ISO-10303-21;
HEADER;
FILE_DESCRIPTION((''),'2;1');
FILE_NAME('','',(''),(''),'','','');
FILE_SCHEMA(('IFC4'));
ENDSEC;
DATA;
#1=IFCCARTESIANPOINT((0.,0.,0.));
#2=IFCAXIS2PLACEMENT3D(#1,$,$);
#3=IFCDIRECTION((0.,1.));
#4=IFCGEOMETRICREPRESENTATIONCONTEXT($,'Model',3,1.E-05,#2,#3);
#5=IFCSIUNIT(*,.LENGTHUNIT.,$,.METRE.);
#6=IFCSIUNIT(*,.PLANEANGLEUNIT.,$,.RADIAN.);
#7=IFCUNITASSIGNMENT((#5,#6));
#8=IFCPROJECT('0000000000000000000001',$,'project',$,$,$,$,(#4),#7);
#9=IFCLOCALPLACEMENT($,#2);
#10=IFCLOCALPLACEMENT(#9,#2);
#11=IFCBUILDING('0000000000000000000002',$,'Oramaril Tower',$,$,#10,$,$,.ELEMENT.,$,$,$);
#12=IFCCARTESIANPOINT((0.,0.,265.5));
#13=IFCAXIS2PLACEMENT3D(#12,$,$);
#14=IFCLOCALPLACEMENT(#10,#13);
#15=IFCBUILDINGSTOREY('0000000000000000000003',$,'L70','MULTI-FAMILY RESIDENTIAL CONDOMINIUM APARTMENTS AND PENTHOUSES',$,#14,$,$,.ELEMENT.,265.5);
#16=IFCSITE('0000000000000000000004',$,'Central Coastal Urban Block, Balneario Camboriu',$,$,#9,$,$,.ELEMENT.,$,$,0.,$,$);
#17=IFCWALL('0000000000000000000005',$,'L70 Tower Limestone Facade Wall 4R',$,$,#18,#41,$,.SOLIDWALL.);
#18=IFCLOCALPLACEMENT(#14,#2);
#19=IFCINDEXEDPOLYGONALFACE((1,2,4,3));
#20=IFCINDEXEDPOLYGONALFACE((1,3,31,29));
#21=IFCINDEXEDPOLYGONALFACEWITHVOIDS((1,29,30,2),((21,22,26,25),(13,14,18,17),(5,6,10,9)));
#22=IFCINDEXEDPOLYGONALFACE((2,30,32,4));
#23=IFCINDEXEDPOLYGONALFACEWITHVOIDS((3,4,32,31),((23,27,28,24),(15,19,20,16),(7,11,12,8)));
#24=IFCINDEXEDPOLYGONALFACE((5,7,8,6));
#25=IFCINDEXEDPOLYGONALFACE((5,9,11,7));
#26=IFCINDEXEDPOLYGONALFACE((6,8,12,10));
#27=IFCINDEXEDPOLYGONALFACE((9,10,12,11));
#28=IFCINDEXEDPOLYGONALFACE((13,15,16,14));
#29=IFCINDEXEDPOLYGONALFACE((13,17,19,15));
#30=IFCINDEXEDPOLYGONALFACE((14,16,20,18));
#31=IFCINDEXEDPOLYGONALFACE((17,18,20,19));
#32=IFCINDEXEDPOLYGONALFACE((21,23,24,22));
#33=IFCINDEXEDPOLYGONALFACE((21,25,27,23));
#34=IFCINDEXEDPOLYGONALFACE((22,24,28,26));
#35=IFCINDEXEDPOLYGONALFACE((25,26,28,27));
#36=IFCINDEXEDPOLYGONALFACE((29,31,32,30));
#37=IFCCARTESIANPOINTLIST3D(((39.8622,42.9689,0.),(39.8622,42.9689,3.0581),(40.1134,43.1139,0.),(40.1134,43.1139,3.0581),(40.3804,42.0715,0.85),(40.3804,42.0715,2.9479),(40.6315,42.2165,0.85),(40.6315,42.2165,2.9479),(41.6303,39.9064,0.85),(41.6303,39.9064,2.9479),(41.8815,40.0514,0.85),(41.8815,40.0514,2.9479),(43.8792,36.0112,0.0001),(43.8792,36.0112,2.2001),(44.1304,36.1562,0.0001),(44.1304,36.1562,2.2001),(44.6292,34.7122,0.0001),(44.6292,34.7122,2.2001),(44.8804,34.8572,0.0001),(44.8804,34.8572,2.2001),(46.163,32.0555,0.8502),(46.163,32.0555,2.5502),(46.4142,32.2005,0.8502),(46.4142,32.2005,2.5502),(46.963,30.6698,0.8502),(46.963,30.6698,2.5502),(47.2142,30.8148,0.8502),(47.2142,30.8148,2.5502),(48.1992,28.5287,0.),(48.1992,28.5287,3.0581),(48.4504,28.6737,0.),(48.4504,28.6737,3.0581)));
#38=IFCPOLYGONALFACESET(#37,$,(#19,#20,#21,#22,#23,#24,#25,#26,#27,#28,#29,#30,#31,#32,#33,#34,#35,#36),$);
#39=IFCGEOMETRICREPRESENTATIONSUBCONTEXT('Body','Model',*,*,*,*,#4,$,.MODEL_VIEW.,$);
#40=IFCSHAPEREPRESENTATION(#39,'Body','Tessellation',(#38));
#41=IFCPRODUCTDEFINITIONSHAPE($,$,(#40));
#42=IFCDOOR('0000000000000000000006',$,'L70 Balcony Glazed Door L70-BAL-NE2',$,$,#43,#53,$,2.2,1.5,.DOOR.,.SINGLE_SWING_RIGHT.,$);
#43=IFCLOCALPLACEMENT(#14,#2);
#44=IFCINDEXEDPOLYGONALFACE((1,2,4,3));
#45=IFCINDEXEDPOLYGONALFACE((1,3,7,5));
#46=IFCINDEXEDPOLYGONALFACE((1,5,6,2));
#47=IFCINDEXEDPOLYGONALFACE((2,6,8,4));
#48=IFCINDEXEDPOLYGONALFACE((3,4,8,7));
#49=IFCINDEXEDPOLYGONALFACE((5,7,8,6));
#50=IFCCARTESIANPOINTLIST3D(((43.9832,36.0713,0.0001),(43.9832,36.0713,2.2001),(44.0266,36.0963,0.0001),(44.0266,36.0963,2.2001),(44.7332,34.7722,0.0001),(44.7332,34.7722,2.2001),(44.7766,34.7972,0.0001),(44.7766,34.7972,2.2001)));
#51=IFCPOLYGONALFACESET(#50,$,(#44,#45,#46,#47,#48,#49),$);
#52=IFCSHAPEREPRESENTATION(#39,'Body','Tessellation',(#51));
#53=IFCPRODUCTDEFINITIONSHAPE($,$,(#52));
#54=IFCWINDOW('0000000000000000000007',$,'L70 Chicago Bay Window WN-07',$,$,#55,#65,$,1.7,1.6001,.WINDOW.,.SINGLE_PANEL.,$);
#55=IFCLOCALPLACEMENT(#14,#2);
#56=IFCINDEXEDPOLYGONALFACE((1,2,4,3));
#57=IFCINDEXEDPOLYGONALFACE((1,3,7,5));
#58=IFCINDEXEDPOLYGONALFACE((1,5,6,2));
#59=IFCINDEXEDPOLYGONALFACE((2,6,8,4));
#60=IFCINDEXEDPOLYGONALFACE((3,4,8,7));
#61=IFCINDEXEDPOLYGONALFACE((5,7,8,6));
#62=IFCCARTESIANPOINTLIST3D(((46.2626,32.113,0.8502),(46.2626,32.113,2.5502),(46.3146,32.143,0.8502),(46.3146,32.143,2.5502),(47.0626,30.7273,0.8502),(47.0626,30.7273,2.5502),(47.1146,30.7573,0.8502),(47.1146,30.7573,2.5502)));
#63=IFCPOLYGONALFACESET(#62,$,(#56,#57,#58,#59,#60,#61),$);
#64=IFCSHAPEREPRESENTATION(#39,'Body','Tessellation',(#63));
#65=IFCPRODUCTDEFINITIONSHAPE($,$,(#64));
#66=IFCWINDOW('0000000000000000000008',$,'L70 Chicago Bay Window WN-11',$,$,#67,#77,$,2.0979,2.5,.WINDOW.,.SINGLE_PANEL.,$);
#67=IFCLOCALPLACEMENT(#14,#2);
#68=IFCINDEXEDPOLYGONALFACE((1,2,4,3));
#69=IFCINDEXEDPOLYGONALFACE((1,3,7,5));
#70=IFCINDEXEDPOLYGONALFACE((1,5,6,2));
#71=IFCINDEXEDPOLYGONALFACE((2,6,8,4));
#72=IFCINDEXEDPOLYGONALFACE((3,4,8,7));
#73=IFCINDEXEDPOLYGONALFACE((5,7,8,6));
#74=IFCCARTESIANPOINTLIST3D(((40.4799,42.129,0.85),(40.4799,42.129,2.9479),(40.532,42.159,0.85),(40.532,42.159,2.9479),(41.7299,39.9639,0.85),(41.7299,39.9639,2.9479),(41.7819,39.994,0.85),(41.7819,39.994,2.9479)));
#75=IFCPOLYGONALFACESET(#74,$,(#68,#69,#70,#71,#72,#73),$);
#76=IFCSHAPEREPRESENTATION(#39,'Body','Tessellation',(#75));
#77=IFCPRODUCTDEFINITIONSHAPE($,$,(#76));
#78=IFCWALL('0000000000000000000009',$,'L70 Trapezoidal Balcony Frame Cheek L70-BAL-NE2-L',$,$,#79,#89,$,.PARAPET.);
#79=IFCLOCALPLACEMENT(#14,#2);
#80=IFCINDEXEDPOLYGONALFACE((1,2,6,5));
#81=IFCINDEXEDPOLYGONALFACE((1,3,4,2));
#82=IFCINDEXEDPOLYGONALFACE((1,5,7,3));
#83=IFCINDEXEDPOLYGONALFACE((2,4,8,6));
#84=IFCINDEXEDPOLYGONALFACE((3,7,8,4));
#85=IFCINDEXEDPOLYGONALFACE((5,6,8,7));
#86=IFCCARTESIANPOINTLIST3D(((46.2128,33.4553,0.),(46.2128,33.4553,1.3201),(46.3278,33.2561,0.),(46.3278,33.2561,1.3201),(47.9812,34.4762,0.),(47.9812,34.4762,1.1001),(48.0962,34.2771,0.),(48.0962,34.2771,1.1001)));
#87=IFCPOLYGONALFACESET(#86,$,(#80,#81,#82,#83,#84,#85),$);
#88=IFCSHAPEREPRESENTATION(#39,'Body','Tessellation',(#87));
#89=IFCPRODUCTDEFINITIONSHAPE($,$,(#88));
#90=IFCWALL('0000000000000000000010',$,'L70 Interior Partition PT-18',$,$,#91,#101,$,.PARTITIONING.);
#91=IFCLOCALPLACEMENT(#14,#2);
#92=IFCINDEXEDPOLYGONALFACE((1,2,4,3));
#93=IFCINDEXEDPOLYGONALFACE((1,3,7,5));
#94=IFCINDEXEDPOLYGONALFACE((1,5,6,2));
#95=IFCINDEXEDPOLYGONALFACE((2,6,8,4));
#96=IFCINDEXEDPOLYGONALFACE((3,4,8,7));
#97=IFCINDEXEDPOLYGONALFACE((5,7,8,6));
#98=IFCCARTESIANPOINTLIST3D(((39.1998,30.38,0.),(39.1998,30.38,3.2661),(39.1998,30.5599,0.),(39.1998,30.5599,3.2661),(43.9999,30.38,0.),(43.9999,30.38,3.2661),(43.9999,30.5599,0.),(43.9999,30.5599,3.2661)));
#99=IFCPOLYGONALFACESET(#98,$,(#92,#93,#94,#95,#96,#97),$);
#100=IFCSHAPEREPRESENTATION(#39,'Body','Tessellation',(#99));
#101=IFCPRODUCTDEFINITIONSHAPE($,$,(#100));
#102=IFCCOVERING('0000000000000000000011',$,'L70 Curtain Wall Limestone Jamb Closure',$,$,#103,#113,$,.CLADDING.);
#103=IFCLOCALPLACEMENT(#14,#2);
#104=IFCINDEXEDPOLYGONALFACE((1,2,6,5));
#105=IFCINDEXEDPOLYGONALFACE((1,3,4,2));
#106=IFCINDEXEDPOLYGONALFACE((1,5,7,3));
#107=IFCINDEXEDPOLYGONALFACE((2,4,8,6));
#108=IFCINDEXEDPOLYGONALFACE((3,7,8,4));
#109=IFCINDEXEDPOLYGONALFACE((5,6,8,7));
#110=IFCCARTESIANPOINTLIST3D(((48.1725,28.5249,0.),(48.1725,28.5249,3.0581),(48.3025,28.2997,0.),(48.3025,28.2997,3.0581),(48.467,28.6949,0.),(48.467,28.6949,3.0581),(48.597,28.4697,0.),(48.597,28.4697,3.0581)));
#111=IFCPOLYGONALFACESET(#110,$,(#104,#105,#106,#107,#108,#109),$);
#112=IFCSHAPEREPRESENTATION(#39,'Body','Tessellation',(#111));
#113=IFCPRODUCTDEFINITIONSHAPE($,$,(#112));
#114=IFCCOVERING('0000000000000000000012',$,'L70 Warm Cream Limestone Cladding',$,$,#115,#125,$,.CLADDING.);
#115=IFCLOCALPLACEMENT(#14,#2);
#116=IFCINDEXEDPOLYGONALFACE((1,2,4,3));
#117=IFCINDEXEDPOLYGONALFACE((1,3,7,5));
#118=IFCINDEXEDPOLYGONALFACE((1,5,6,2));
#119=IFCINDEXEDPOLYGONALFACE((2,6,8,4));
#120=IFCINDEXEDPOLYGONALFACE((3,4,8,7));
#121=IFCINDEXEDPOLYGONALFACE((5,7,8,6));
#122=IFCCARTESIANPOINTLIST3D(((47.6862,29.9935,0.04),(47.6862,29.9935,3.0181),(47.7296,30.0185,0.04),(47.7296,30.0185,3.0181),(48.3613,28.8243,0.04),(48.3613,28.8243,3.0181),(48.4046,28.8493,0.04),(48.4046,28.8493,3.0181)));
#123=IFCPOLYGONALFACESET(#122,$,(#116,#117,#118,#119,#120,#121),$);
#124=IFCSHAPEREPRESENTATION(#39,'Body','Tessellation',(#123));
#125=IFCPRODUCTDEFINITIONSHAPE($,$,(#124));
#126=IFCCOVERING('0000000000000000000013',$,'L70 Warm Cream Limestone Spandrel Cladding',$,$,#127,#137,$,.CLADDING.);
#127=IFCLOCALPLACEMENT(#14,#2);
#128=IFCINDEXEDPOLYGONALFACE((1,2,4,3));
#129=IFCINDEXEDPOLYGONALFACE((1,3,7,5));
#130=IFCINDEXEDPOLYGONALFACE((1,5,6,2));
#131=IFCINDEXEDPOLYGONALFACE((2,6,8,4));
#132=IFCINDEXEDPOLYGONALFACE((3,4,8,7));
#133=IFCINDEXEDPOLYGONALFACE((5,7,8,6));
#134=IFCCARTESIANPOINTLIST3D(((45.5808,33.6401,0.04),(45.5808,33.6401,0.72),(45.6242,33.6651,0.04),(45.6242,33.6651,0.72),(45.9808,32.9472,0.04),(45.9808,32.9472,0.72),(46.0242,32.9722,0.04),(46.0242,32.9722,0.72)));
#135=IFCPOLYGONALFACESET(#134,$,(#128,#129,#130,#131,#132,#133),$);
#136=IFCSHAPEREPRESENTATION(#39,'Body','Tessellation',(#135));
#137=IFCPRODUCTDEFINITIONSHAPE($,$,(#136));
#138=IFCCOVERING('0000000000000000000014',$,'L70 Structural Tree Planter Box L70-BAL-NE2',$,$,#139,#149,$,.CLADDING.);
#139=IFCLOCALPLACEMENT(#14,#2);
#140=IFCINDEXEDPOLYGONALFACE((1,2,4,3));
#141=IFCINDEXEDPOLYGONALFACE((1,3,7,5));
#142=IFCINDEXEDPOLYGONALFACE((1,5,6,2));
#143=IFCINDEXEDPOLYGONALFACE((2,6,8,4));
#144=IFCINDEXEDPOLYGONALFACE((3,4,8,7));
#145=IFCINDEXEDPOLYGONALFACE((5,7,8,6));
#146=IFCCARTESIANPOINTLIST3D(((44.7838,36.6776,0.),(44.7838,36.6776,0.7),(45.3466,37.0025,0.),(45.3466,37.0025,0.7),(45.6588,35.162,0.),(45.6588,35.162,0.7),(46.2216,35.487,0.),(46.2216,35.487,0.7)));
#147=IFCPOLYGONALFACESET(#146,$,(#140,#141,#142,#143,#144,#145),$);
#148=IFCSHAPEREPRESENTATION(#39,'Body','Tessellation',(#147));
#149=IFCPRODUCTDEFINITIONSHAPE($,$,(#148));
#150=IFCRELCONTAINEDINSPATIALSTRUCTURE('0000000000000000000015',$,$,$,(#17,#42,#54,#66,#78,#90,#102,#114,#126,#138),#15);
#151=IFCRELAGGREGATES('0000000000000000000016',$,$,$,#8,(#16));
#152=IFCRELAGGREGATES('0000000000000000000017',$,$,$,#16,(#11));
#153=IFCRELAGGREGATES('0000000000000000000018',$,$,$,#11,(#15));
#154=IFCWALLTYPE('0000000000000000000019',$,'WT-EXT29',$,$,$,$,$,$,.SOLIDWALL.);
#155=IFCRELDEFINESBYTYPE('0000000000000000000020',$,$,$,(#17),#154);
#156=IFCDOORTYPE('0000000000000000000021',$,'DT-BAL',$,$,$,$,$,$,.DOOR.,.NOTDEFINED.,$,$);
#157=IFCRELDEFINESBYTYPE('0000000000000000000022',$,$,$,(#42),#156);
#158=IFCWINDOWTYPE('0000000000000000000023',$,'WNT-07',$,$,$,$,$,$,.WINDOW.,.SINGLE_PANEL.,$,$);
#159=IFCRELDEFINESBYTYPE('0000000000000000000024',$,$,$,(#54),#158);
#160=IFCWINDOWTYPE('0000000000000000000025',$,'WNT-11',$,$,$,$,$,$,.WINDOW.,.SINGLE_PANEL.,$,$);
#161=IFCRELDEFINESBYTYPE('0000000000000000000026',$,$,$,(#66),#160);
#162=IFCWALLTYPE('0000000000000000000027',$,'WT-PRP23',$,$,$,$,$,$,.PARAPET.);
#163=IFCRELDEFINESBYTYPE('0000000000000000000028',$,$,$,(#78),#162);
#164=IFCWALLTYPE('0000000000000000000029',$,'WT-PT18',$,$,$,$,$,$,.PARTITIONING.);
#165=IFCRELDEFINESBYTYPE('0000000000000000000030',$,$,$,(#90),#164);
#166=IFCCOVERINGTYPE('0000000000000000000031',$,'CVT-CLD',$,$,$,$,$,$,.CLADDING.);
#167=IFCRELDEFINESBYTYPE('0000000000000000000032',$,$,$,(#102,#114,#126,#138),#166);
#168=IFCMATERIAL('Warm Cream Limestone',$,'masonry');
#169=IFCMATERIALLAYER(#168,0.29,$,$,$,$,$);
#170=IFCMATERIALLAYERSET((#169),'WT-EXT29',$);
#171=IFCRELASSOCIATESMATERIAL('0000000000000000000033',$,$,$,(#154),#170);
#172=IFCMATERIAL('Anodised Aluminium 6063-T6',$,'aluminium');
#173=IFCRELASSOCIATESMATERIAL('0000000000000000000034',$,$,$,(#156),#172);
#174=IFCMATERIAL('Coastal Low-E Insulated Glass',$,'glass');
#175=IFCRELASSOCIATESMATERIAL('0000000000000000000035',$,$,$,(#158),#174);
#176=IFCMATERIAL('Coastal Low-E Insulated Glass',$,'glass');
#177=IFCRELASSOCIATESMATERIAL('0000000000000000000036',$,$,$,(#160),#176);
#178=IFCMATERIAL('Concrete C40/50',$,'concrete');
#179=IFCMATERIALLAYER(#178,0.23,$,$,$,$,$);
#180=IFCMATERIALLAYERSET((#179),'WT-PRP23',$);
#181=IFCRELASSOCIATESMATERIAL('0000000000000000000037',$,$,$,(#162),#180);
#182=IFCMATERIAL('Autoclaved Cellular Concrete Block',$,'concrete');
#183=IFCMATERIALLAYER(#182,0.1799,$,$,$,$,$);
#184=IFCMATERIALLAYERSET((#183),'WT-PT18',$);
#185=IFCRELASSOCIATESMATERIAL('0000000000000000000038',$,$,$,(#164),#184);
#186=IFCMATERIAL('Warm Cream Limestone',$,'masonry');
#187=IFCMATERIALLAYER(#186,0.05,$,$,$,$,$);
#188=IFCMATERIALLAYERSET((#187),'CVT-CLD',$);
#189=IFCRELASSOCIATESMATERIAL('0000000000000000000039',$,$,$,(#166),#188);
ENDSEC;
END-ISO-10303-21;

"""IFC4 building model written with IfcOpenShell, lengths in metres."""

from ifc_helpers import new_model, si_unit, direction, frame, frame_2d, origin, origin_2d, place, context, subcontext, project, spatial, polyline, rectangle, outline, extrude, material, layer, layer_set, type_object, element, fill, save


model = new_model("IFC4")

# Units and contexts
model_context = context("Model", 3, precision=1e-05, world=origin(), true_north=direction((0.0, 1.0)))
body_context = subcontext(model_context, "Body", "Model", "MODEL_VIEW")
ifc_project = project(units=[si_unit("LENGTHUNIT", "METRE"), si_unit("PLANEANGLEUNIT", "RADIAN")], contexts=[model_context])

# Site, building, storey
site_placement = place(None, origin())
site = spatial("IfcSite", under=ifc_project, at=site_placement, Name="Central Coastal Urban Block, Balneario Camboriu", CompositionType="ELEMENT", RefElevation=0.0)
building_placement = place(site_placement, origin())
building = spatial("IfcBuilding", under=site, at=building_placement, Name="Oramaril Tower", CompositionType="ELEMENT")
storey_placement = place(building_placement, frame((0.0, 0.0, 265.5)))
storey = spatial("IfcBuildingStorey", under=building, at=storey_placement, Name="L70", Description="MULTI-FAMILY RESIDENTIAL CONDOMINIUM APARTMENTS AND PENTHOUSES", CompositionType="ELEMENT", Elevation=265.5)

# Wall, openings, door, windows
ifc_material_1 = material(Name="Warm Cream Limestone", Category="masonry")
ifc_layer_1 = layer(ifc_material_1, 0.29)
ifc_layer_set_1 = layer_set([ifc_layer_1], Name="WT-EXT29")
wall_type_1 = type_object("IfcWallType", Name="WT-EXT29", PredefinedType="SOLIDWALL", material=ifc_layer_set_1)
wall_1_placement = place(storey_placement, frame((48.3247, 28.6013, 0.0), z_axis=(0.0, 0.0, 1.0), x_axis=(-0.499994, 0.866029, 0.0)))
wall_1 = element("IfcWall", 1, at=wall_1_placement, inside=storey, type_object=wall_type_1, Name="L70 Tower Limestone Facade Wall 4R", PredefinedType="SOLIDWALL", context=body_context, shape_type="SweptSolid", body=[
    extrude(rectangle(XDim=16.6741, YDim=0.29, at=frame_2d((8.3369, 0.0))), origin(), (0.0, 0.0, 1.0), 3.0581),
])
opening_1_placement = place(wall_1_placement, frame((7.1399, 0.0, 0.0)))
opening_1 = element("IfcOpeningElement", 2, at=opening_1_placement, cuts=wall_1, PredefinedType="OPENING", context=body_context, shape_type="SweptSolid", body=[
    extrude(rectangle(XDim=1.5, YDim=2.2, at=frame_2d((0.75, 1.1001))), frame((0.0, 0.145, 0.0), z_axis=(0.0, -1.0, 0.0), x_axis=(1.0, 0.0, 0.0)), (0.0, 0.0, 1.0), 0.29),
])
opening_2_placement = place(wall_1_placement, frame((2.4722, 0.0, 0.8501)))
opening_2 = element("IfcOpeningElement", 3, at=opening_2_placement, cuts=wall_1, PredefinedType="OPENING", context=body_context, shape_type="SweptSolid", body=[
    extrude(rectangle(XDim=1.6001, YDim=1.7, at=frame_2d((0.8, 0.8501))), frame((0.0, 0.145, 0.0), z_axis=(0.0, -1.0, 0.0), x_axis=(1.0, 0.0, 0.0)), (0.0, 0.0, 1.0), 0.29),
])
opening_3_placement = place(wall_1_placement, frame((13.1377, 0.0, 0.8501)))
opening_3 = element("IfcOpeningElement", 4, at=opening_3_placement, cuts=wall_1, PredefinedType="OPENING", context=body_context, shape_type="SweptSolid", body=[
    extrude(rectangle(XDim=2.5, YDim=2.0979, at=frame_2d((1.25, 1.0488))), frame((0.0, 0.145, 0.0), z_axis=(0.0, -1.0, 0.0), x_axis=(1.0, 0.0, 0.0)), (0.0, 0.0, 1.0), 0.29),
])
ifc_material_2 = material(Name="Anodised Aluminium 6063-T6", Category="aluminium")
door_type = type_object("IfcDoorType", Name="DT-BAL", OperationType="NOTDEFINED", PredefinedType="DOOR", material=ifc_material_2)
door_placement = place(opening_1_placement, origin())
door = element("IfcDoor", 5, at=door_placement, inside=storey, type_object=door_type, Name="L70 Balcony Glazed Door L70-BAL-NE2", OperationType="SINGLE_SWING_RIGHT", OverallHeight=2.2, OverallWidth=1.5, PredefinedType="DOOR", context=body_context, shape_type="SweptSolid", body=[
    extrude(rectangle(XDim=1.5, YDim=2.2, at=frame_2d((0.75, 1.1001))), frame((0.0, 0.0249, 0.0), z_axis=(0.0, -1.0, 0.0), x_axis=(1.0, 0.0, 0.0)), (0.0, 0.0, 1.0), 0.05),
])
fill(opening_1, door)
ifc_material_3 = material(Name="Coastal Low-E Insulated Glass", Category="glass")
window_type_1 = type_object("IfcWindowType", Name="WNT-07", PartitioningType="SINGLE_PANEL", PredefinedType="WINDOW", material=ifc_material_3)
window_1_placement = place(opening_2_placement, origin())
window_1 = element("IfcWindow", 6, at=window_1_placement, inside=storey, type_object=window_type_1, Name="L70 Chicago Bay Window WN-07", OverallHeight=1.7, OverallWidth=1.6001, PartitioningType="SINGLE_PANEL", PredefinedType="WINDOW", context=body_context, shape_type="SweptSolid", body=[
    extrude(rectangle(XDim=1.6001, YDim=1.7, at=frame_2d((0.8, 0.8501))), frame((0.0, 0.03, 0.0), z_axis=(0.0, -1.0, 0.0), x_axis=(1.0, 0.0, 0.0)), (0.0, 0.0, 1.0), 0.0601),
])
fill(opening_2, window_1)
ifc_material_4 = material(Name="Coastal Low-E Insulated Glass", Category="glass")
window_type_2 = type_object("IfcWindowType", Name="WNT-11", PartitioningType="SINGLE_PANEL", PredefinedType="WINDOW", material=ifc_material_4)
window_2_placement = place(opening_3_placement, origin())
window_2 = element("IfcWindow", 7, at=window_2_placement, inside=storey, type_object=window_type_2, Name="L70 Chicago Bay Window WN-11", OverallHeight=2.0979, OverallWidth=2.5, PartitioningType="SINGLE_PANEL", PredefinedType="WINDOW", context=body_context, shape_type="SweptSolid", body=[
    extrude(rectangle(XDim=2.5, YDim=2.0979, at=frame_2d((1.25, 1.0488))), frame((0.0, 0.03, 0.0), z_axis=(0.0, -1.0, 0.0), x_axis=(1.0, 0.0, 0.0)), (0.0, 0.0, 1.0), 0.0601),
])
fill(opening_3, window_2)

# Walls
ifc_material_5 = material(Name="Concrete C40/50", Category="concrete")
ifc_layer_2 = layer(ifc_material_5, 0.23)
ifc_layer_set_2 = layer_set([ifc_layer_2], Name="WT-PRP23")
wall_type_2 = type_object("IfcWallType", Name="WT-PRP23", PredefinedType="PARAPET", material=ifc_layer_set_2)
wall_2_placement = place(storey_placement, frame((46.2703, 33.3557, 0.0), z_axis=(0.0, 0.0, 1.0), x_axis=(0.866042, 0.499971, 0.0)))
element("IfcWall", 8, at=wall_2_placement, inside=storey, type_object=wall_type_2, Name="L70 Trapezoidal Balcony Frame Cheek L70-BAL-NE2-L", PredefinedType="PARAPET", context=body_context, shape_type="SweptSolid", body=[
    extrude(outline(polyline([(0.0, 0.0), (2.042, 0.0), (2.042, 1.1001), (0.0, 1.3201), (0.0, 0.0)])), frame((0.0, 0.115, 0.0), z_axis=(0.0, -1.0, 0.0), x_axis=(1.0, 0.0, 0.0)), (0.0, 0.0, 1.0), 0.23),
])
ifc_material_6 = material(Name="Autoclaved Cellular Concrete Block", Category="concrete")
ifc_layer_3 = layer(ifc_material_6, 0.1799)
ifc_layer_set_3 = layer_set([ifc_layer_3], Name="WT-PT18")
wall_type_3 = type_object("IfcWallType", Name="WT-PT18", PredefinedType="PARTITIONING", material=ifc_layer_set_3)
wall_3_placement = place(storey_placement, frame((39.2, 30.47, 0.0), z_axis=(0.0, 0.0, 1.0), x_axis=(1.0, 0.0, 0.0)))
element("IfcWall", 9, at=wall_3_placement, inside=storey, type_object=wall_type_3, Name="L70 Interior Partition PT-18", PredefinedType="PARTITIONING", context=body_context, shape_type="SweptSolid", body=[
    extrude(rectangle(XDim=4.8, YDim=0.1799, at=frame_2d((2.3999, 0.0))), origin(), (0.0, 0.0, 1.0), 3.2661),
])

# Coverings
ifc_material_7 = material(Name="Warm Cream Limestone", Category="masonry")
ifc_layer_4 = layer(ifc_material_7, 0.05)
ifc_layer_set_4 = layer_set([ifc_layer_4], Name="CVT-CLD")
covering_type = type_object("IfcCoveringType", Name="CVT-CLD", PredefinedType="CLADDING", material=ifc_layer_set_4)
covering_1_placement = place(storey_placement, frame((48.3848, 28.4973, 0.0), z_axis=(0.0, 0.0, 1.0), x_axis=(-0.5, 0.866025, 0.0)))
element("IfcCovering", 10, at=covering_1_placement, inside=storey, type_object=covering_type, Name="L70 Curtain Wall Limestone Jamb Closure", PredefinedType="CLADDING", context=body_context, shape_type="SweptSolid", body=[
    extrude(rectangle(XDim=0.26, YDim=0.3401, at=origin_2d()), origin(), (0.0, 0.0, 1.0), 3.0581),
])
covering_2_placement = place(storey_placement, frame((48.0454, 29.4214, 0.04), z_axis=(0.0, 0.0, 1.0), x_axis=(-0.499998, 0.866026, 0.0)))
element("IfcCovering", 11, at=covering_2_placement, inside=storey, type_object=covering_type, Name="L70 Warm Cream Limestone Cladding", PredefinedType="CLADDING", context=body_context, shape_type="SweptSolid", body=[
    extrude(rectangle(XDim=1.3501, YDim=0.05, at=origin_2d()), origin(), (0.0, 0.0, 1.0), 2.978),
])
covering_3_placement = place(storey_placement, frame((45.8025, 33.3062, 0.04), z_axis=(0.0, 0.0, 1.0), x_axis=(-0.499998, 0.866026, 0.0)))
element("IfcCovering", 12, at=covering_3_placement, inside=storey, type_object=covering_type, Name="L70 Warm Cream Limestone Spandrel Cladding", PredefinedType="CLADDING", context=body_context, shape_type="SweptSolid", body=[
    extrude(rectangle(XDim=0.8, YDim=0.05, at=origin_2d()), origin(), (0.0, 0.0, 1.0), 0.6799),
])
covering_4_placement = place(storey_placement, frame((45.5027, 36.0823, 0.0), z_axis=(0.0, 0.0, 1.0), x_axis=(-0.499998, 0.866026, 0.0)))
element("IfcCovering", 13, at=covering_4_placement, inside=storey, type_object=covering_type, Name="L70 Structural Tree Planter Box L70-BAL-NE2", PredefinedType="CLADDING", context=body_context, shape_type="SweptSolid", body=[
    extrude(rectangle(XDim=1.75, YDim=0.6499, at=origin_2d()), origin(), (0.0, 0.0, 1.0), 0.7),
])

save(model, "model.ifc")
